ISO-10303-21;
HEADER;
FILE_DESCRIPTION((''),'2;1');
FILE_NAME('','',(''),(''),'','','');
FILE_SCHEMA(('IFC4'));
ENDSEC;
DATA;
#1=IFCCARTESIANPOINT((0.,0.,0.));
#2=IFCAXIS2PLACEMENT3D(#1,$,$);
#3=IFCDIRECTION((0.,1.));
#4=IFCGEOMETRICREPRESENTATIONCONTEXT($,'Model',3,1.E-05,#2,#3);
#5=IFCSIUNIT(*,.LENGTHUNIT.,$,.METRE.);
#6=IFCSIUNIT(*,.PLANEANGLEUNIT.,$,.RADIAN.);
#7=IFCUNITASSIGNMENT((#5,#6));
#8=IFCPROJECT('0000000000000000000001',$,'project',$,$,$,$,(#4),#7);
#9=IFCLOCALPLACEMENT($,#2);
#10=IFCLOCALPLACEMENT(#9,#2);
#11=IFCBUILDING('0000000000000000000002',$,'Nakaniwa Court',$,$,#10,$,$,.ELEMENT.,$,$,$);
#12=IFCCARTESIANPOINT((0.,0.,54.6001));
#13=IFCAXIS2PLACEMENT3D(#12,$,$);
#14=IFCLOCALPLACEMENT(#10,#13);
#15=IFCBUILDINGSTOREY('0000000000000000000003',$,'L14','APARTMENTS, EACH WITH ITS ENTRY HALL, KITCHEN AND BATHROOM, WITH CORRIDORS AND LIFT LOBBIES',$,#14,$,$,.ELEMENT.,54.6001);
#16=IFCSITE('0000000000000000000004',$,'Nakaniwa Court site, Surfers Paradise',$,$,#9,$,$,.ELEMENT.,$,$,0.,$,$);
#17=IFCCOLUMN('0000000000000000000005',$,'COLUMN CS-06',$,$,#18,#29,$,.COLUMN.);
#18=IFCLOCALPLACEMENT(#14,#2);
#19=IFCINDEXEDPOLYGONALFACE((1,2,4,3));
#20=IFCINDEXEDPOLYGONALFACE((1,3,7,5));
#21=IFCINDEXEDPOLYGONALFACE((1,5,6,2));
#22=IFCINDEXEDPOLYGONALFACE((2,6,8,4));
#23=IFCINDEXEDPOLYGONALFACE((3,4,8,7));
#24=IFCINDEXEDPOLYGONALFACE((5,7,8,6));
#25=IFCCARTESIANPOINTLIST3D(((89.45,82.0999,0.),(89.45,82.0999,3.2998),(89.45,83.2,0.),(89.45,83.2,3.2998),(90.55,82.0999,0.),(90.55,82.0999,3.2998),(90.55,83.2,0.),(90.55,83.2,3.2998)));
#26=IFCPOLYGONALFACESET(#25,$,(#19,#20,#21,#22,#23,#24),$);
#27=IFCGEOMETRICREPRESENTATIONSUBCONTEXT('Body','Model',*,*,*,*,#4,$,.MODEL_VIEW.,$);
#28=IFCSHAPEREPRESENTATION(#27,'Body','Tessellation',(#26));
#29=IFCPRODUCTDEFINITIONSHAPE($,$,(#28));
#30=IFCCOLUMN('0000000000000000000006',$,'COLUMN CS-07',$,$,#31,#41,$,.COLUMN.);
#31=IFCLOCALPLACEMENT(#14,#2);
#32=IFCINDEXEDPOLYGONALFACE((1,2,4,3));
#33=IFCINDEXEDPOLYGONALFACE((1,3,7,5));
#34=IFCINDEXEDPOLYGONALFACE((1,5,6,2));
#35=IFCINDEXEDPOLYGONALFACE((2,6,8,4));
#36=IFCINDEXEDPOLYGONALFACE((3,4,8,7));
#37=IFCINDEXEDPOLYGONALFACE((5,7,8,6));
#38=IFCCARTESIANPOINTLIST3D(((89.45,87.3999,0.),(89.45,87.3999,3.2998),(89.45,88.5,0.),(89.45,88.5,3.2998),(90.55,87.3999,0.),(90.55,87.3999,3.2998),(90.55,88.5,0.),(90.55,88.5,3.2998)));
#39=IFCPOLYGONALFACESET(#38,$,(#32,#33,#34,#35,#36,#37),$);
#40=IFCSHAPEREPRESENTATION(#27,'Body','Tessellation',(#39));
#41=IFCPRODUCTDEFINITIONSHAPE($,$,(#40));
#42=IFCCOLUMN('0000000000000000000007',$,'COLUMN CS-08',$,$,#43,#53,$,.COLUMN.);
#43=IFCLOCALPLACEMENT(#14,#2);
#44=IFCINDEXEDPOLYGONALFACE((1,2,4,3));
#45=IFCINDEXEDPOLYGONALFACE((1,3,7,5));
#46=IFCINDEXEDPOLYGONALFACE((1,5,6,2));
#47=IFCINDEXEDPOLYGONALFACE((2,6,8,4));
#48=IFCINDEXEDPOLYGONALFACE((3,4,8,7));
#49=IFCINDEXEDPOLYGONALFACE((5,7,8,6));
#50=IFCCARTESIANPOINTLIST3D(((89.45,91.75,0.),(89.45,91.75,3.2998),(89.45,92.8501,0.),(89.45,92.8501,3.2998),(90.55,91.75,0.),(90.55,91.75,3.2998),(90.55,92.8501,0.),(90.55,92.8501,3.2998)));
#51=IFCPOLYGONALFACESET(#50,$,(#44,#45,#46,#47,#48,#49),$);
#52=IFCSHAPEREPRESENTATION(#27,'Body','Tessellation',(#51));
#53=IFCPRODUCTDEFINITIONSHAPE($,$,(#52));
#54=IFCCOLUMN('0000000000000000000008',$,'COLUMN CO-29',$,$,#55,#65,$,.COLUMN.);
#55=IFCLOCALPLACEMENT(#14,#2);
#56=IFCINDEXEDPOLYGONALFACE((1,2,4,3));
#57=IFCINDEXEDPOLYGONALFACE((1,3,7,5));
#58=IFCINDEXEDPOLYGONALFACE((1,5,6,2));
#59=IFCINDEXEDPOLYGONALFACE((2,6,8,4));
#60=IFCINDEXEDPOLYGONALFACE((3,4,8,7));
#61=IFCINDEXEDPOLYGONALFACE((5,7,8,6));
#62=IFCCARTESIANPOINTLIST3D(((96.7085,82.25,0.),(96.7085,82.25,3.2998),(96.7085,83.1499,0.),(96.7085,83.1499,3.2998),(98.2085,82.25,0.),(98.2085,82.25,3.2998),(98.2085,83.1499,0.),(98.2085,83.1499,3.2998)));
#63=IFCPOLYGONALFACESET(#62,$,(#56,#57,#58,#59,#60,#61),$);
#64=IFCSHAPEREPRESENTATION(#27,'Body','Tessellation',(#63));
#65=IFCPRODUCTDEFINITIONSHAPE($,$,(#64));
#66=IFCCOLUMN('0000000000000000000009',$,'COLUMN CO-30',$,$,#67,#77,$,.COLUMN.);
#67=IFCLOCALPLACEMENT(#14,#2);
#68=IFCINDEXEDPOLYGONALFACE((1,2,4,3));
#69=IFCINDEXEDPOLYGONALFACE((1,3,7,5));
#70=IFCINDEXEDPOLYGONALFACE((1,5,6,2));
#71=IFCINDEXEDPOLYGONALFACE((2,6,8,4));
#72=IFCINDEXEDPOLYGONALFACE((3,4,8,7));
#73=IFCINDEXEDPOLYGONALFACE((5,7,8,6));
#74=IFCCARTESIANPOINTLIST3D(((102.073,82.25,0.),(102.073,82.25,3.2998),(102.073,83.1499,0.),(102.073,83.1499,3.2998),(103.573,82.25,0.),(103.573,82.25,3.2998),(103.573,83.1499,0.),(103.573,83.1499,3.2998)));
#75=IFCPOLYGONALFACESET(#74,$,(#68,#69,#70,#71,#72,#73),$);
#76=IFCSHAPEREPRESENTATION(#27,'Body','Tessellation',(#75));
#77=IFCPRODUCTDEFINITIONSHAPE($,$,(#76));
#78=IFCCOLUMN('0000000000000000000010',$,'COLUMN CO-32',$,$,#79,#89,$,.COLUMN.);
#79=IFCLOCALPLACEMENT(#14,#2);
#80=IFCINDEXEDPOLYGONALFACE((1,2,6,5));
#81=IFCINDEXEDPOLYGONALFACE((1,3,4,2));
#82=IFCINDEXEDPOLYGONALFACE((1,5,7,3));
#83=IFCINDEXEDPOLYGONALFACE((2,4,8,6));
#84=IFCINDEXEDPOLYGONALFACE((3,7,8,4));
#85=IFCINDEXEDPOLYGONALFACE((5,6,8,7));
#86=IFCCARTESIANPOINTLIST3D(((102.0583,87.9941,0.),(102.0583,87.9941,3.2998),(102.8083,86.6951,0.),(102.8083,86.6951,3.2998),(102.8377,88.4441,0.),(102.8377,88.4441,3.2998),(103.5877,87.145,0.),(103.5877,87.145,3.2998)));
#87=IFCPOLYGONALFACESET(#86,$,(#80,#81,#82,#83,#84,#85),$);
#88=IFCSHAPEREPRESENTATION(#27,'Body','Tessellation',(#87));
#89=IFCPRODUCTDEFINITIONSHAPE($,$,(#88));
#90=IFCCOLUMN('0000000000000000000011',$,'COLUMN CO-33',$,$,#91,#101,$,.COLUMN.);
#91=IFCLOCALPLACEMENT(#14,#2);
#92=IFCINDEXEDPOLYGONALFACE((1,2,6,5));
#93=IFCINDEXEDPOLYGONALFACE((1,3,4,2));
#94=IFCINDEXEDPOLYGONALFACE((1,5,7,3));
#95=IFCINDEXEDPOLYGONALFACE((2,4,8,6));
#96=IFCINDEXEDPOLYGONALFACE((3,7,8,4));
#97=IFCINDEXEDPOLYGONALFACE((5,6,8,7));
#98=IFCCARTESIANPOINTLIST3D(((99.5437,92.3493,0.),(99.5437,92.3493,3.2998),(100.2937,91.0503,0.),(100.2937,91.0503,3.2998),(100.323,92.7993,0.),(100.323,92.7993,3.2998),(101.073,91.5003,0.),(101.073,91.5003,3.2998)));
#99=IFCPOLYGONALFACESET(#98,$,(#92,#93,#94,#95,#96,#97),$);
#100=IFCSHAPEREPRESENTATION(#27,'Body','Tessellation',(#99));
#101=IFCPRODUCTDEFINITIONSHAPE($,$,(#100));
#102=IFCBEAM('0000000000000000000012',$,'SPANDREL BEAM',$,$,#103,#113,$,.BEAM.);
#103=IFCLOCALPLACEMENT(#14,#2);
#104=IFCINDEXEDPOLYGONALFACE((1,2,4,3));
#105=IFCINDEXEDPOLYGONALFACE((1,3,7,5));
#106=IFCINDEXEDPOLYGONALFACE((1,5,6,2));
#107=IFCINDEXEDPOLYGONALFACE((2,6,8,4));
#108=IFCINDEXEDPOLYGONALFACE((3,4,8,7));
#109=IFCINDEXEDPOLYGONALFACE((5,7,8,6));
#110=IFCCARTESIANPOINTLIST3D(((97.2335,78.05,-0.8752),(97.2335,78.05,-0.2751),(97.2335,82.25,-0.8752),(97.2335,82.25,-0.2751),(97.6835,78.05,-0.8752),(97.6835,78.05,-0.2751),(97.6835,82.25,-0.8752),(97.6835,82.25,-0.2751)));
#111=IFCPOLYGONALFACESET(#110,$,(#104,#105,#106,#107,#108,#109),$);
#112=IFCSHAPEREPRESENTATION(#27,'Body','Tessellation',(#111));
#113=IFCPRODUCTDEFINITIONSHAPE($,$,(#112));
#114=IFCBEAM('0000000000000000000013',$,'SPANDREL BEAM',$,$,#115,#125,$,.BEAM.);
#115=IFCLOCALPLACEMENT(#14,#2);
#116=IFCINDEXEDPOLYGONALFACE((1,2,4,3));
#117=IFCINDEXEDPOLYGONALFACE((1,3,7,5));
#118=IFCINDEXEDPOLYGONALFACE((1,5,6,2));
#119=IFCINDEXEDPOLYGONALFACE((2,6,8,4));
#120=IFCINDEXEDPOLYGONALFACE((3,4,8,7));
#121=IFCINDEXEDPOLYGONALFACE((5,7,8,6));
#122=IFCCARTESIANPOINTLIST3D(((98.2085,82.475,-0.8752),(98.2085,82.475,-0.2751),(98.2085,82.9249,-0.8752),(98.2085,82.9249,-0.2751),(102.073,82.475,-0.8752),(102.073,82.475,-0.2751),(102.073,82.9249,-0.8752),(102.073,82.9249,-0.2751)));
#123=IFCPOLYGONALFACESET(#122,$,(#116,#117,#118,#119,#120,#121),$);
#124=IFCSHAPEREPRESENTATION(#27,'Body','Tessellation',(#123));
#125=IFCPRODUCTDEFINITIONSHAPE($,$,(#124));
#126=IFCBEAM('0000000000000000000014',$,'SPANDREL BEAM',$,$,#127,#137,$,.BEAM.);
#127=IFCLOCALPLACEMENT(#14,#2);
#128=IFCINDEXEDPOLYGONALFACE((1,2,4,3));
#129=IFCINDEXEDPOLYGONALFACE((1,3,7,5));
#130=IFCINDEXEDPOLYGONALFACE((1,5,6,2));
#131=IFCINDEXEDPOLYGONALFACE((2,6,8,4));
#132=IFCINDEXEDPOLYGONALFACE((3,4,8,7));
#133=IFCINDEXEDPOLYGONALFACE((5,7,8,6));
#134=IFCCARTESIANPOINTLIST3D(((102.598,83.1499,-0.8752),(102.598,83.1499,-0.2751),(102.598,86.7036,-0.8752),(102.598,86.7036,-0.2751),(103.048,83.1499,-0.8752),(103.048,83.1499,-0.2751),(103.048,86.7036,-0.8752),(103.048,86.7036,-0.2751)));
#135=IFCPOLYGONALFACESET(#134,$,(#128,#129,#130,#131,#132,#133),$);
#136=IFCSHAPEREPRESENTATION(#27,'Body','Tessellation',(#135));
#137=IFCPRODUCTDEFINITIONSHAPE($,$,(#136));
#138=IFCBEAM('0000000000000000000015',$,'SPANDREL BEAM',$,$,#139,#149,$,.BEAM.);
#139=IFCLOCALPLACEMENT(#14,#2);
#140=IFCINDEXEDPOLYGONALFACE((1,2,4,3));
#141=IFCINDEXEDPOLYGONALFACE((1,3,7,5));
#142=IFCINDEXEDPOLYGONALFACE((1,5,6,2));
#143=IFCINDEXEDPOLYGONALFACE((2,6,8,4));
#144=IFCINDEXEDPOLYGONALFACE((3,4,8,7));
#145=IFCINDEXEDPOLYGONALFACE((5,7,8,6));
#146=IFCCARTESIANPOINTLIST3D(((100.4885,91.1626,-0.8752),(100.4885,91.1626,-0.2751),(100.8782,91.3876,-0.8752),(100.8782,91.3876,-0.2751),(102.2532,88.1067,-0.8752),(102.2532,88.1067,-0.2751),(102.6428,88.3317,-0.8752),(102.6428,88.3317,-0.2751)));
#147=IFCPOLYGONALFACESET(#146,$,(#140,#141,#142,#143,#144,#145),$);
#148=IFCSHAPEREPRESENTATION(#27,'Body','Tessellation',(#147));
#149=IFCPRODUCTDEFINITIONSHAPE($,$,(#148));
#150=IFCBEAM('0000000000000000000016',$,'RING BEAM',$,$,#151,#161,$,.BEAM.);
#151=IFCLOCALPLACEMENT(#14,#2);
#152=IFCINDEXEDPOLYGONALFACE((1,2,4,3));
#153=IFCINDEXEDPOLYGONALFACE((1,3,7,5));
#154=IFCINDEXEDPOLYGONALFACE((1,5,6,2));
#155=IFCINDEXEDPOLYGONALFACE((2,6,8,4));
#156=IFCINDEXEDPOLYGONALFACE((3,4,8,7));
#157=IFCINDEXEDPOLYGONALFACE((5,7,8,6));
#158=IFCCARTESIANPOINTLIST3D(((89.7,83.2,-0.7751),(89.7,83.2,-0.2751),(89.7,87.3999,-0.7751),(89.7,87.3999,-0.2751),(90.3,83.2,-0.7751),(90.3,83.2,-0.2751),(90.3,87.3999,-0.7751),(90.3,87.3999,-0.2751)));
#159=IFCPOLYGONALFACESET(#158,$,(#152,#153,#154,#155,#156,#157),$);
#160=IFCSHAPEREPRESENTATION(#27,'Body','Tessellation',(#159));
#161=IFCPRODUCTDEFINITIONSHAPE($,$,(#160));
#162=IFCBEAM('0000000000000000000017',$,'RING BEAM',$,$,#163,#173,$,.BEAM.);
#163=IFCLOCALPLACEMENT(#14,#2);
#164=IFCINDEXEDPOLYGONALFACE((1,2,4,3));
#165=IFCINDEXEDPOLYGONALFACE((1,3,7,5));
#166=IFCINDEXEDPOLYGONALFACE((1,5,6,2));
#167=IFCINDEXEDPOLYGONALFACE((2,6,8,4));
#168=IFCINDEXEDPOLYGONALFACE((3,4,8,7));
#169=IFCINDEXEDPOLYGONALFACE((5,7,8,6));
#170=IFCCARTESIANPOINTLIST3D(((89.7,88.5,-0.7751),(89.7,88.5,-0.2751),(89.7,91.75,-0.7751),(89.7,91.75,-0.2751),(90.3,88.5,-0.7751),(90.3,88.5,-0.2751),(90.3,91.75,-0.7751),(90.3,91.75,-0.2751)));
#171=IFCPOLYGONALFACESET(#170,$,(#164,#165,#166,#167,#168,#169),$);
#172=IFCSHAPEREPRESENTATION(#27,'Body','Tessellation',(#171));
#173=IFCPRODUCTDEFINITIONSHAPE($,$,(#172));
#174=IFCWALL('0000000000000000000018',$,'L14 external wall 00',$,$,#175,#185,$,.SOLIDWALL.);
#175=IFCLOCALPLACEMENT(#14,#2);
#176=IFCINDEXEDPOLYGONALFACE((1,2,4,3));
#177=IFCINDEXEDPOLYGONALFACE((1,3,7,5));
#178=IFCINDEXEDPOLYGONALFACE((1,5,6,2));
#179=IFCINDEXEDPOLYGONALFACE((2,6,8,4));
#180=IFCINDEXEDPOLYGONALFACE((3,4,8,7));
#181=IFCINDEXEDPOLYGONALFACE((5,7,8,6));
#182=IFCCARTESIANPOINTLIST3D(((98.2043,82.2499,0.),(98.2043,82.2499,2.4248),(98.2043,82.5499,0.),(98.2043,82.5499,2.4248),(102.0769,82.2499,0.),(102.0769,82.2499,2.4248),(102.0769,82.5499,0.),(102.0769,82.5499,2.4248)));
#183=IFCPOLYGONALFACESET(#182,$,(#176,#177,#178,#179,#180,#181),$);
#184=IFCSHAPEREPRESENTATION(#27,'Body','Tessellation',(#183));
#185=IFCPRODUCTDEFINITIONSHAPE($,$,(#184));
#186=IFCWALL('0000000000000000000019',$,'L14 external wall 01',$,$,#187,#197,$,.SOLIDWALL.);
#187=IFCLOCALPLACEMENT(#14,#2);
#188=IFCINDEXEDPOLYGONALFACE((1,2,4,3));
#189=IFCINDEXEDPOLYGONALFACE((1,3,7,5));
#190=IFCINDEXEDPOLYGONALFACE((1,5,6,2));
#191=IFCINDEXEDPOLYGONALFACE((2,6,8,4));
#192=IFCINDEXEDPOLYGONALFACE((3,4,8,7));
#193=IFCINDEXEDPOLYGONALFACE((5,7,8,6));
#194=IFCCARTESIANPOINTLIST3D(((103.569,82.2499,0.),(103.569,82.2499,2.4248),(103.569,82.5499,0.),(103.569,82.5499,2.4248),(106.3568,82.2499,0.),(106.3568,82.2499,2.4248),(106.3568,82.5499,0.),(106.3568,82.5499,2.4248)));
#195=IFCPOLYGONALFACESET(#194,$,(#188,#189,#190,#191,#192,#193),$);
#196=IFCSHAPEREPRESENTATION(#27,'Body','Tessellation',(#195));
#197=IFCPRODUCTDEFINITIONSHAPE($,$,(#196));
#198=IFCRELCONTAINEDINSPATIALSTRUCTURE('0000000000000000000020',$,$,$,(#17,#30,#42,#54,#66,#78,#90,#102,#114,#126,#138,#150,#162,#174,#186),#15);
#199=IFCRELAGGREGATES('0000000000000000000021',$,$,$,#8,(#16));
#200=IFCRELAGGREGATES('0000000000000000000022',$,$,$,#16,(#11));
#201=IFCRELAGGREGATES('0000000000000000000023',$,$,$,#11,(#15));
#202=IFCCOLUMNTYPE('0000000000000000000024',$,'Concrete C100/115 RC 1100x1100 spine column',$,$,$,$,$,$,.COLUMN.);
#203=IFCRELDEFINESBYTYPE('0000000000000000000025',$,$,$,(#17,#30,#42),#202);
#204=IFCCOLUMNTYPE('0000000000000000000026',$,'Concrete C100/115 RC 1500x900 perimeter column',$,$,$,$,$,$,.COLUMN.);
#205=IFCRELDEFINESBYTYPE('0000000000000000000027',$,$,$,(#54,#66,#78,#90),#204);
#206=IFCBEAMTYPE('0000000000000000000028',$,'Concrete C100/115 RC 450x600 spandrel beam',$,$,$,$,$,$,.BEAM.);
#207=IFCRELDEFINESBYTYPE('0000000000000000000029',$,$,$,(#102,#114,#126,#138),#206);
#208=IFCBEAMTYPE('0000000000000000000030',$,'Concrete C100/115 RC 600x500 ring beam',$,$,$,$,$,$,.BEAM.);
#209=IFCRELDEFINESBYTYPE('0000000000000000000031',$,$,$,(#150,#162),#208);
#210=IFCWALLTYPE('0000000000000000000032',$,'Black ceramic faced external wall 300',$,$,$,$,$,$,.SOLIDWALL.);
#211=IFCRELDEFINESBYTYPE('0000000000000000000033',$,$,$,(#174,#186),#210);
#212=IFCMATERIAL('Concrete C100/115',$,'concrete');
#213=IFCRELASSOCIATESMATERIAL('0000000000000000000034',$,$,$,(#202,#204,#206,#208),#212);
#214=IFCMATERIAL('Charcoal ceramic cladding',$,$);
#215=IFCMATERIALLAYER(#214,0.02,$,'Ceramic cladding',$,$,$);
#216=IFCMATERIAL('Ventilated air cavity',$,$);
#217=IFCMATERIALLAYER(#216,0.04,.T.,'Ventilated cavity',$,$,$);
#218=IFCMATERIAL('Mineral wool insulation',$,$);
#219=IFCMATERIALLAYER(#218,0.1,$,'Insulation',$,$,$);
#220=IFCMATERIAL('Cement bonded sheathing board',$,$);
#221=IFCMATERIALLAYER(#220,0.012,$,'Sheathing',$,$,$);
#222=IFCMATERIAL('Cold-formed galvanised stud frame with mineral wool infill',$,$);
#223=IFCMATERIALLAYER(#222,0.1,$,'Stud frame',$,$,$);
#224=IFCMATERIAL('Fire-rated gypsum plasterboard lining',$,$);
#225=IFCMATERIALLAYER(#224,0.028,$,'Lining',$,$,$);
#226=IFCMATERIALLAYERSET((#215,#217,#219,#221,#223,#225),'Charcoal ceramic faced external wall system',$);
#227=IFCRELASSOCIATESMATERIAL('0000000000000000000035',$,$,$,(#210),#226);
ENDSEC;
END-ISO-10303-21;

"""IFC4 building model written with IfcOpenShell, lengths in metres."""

from ifc_helpers import new_model, si_unit, direction, frame, frame_2d, origin, origin_2d, place, context, subcontext, project, spatial, rectangle, extrude, material, layer, layer_set, material_profile, profile_set, type_object, element, save


model = new_model("IFC4")

# Units and contexts
model_context = context("Model", 3, precision=1e-05, world=origin(), true_north=direction((0.0, 1.0)))
body_context = subcontext(model_context, "Body", "Model", "MODEL_VIEW")
ifc_project = project(units=[si_unit("LENGTHUNIT", "METRE"), si_unit("PLANEANGLEUNIT", "RADIAN")], contexts=[model_context])

# Site, building, storey
site_placement = place(None, origin())
site = spatial("IfcSite", under=ifc_project, at=site_placement, Name="Nakaniwa Court site, Surfers Paradise", CompositionType="ELEMENT", RefElevation=0.0)
building_placement = place(site_placement, origin())
building = spatial("IfcBuilding", under=site, at=building_placement, Name="Nakaniwa Court", CompositionType="ELEMENT")
storey_placement = place(building_placement, frame((0.0, 0.0, 54.6001)))
storey = spatial("IfcBuildingStorey", under=building, at=storey_placement, Name="L14", Description="APARTMENTS, EACH WITH ITS ENTRY HALL, KITCHEN AND BATHROOM, WITH CORRIDORS AND LIFT LOBBIES", CompositionType="ELEMENT", Elevation=54.6001)

# Columns
ifc_material_1 = material(Name="Concrete C100/115", Category="concrete")
ifc_material_profile_1 = material_profile(ifc_material_1, rectangle(XDim=1.1001, YDim=1.1001, at=origin_2d()), Name="Concrete C100/115 RC 1100x1100 spine column")
ifc_profile_set_1 = profile_set([ifc_material_profile_1], Name="Concrete C100/115")
column_type_1 = type_object("IfcColumnType", Name="Concrete C100/115 RC 1100x1100 spine column", PredefinedType="COLUMN", material=ifc_profile_set_1)
for number, where, z_axis, x_axis, name in (
    (1, (90.0, 82.6499, 0.0), (0.0, 0.0, 1.0), (0.0, 1.0, 0.0), "COLUMN CS-06"),
    (2, (90.0, 87.95, 0.0), (0.0, 0.0, 1.0), (0.0, 1.0, 0.0), "COLUMN CS-07"),
    (3, (90.0, 92.3, 0.0), (0.0, 0.0, 1.0), (0.0, 1.0, 0.0), "COLUMN CS-08"),
):
    element("IfcColumn", number, at=place(storey_placement, frame(where, z_axis=z_axis, x_axis=x_axis)), inside=storey, type_object=column_type_1, Name=name, PredefinedType="COLUMN", context=body_context, shape_type="SweptSolid", body=[
        extrude(rectangle(XDim=1.1001, YDim=1.1001, at=origin_2d()), origin(), (0.0, 0.0, 1.0), 3.2998),
    ])
ifc_material_profile_2 = material_profile(ifc_material_1, rectangle(XDim=1.5, YDim=0.8999, at=origin_2d()), Name="Concrete C100/115 RC 1500x900 perimeter column")
ifc_profile_set_2 = profile_set([ifc_material_profile_2], Name="Concrete C100/115")
column_type_2 = type_object("IfcColumnType", Name="Concrete C100/115 RC 1500x900 perimeter column", PredefinedType="COLUMN", material=ifc_profile_set_2)
for number, where, z_axis, x_axis, name in (
    (4, (97.4585, 82.7, 0.0), (0.0, 0.0, 1.0), (1.0, 0.0, 0.0), "COLUMN CO-29"),
    (5, (102.823, 82.7, 0.0), (0.0, 0.0, 1.0), (1.0, 0.0, 0.0), "COLUMN CO-30"),
    (6, (102.823, 87.5696, 0.0), (0.0, 0.0, 1.0), (-0.5, 0.866025, 0.0), "COLUMN CO-32"),
    (7, (100.3083, 91.9248, 0.0), (0.0, 0.0, 1.0), (-0.5, 0.866025, 0.0), "COLUMN CO-33"),
):
    element("IfcColumn", number, at=place(storey_placement, frame(where, z_axis=z_axis, x_axis=x_axis)), inside=storey, type_object=column_type_2, Name=name, PredefinedType="COLUMN", context=body_context, shape_type="SweptSolid", body=[
        extrude(rectangle(XDim=1.5, YDim=0.8999, at=origin_2d()), origin(), (0.0, 0.0, 1.0), 3.2998),
    ])

# Beams
ifc_material_profile_3 = material_profile(ifc_material_1, rectangle(XDim=0.45, YDim=0.6001, at=origin_2d()), Name="Concrete C100/115 RC 450x600 spandrel beam")
ifc_profile_set_3 = profile_set([ifc_material_profile_3], Name="Concrete C100/115")
beam_type_1 = type_object("IfcBeamType", Name="Concrete C100/115 RC 450x600 spandrel beam", PredefinedType="BEAM", material=ifc_profile_set_3)
beam_1_placement = place(storey_placement, frame((97.4585, 78.05, -0.5752), z_axis=(0.0, 1.0, 0.0), x_axis=(-1.0, 0.0, 0.0)))
element("IfcBeam", 8, at=beam_1_placement, inside=storey, type_object=beam_type_1, Name="SPANDREL BEAM", PredefinedType="BEAM", context=body_context, shape_type="SweptSolid", body=[
    extrude(rectangle(XDim=0.45, YDim=0.6001, at=origin_2d()), origin(), (0.0, 0.0, 1.0), 4.2),
])
beam_2_placement = place(storey_placement, frame((98.2085, 82.7, -0.5752), z_axis=(1.0, 0.0, 0.0), x_axis=(0.0, 1.0, 0.0)))
element("IfcBeam", 9, at=beam_2_placement, inside=storey, type_object=beam_type_1, Name="SPANDREL BEAM", PredefinedType="BEAM", context=body_context, shape_type="SweptSolid", body=[
    extrude(rectangle(XDim=0.45, YDim=0.6001, at=origin_2d()), origin(), (0.0, 0.0, 1.0), 3.8645),
])
beam_3_placement = place(storey_placement, frame((102.823, 83.1499, -0.5752), z_axis=(0.0, 1.0, 0.0), x_axis=(-1.0, 0.0, 0.0)))
element("IfcBeam", 10, at=beam_3_placement, inside=storey, type_object=beam_type_1, Name="SPANDREL BEAM", PredefinedType="BEAM", context=body_context, shape_type="SweptSolid", body=[
    extrude(rectangle(XDim=0.45, YDim=0.6001, at=origin_2d()), origin(), (0.0, 0.0, 1.0), 3.5537),
])
beam_4_placement = place(storey_placement, frame((102.448, 88.2192, -0.5752), z_axis=(-0.500068, 0.865986, 0.0), x_axis=(-0.865986, -0.500068, 0.0)))
element("IfcBeam", 11, at=beam_4_placement, inside=storey, type_object=beam_type_1, Name="SPANDREL BEAM", PredefinedType="BEAM", context=body_context, shape_type="SweptSolid", body=[
    extrude(rectangle(XDim=0.45, YDim=0.6001, at=origin_2d()), origin(), (0.0, 0.0, 1.0), 3.5288),
])
ifc_material_profile_4 = material_profile(ifc_material_1, rectangle(XDim=0.6001, YDim=0.5, at=origin_2d()), Name="Concrete C100/115 RC 600x500 ring beam")
ifc_profile_set_4 = profile_set([ifc_material_profile_4], Name="Concrete C100/115")
beam_type_2 = type_object("IfcBeamType", Name="Concrete C100/115 RC 600x500 ring beam", PredefinedType="BEAM", material=ifc_profile_set_4)
beam_5_placement = place(storey_placement, frame((90.0, 83.2, -0.5251), z_axis=(0.0, 1.0, 0.0), x_axis=(-1.0, 0.0, 0.0)))
element("IfcBeam", 12, at=beam_5_placement, inside=storey, type_object=beam_type_2, Name="RING BEAM", PredefinedType="BEAM", context=body_context, shape_type="SweptSolid", body=[
    extrude(rectangle(XDim=0.6001, YDim=0.5, at=origin_2d()), origin(), (0.0, 0.0, 1.0), 4.2),
])
beam_6_placement = place(storey_placement, frame((90.0, 88.5, -0.5251), z_axis=(0.0, 1.0, 0.0), x_axis=(-1.0, 0.0, 0.0)))
element("IfcBeam", 13, at=beam_6_placement, inside=storey, type_object=beam_type_2, Name="RING BEAM", PredefinedType="BEAM", context=body_context, shape_type="SweptSolid", body=[
    extrude(rectangle(XDim=0.6001, YDim=0.5, at=origin_2d()), origin(), (0.0, 0.0, 1.0), 3.25),
])

# Walls
ifc_material_2 = material(Name="Charcoal ceramic cladding")
ifc_layer_1 = layer(ifc_material_2, 0.02, Name="Ceramic cladding")
ifc_material_3 = material(Name="Ventilated air cavity")
ifc_layer_2 = layer(ifc_material_3, 0.04, ventilated=True, Name="Ventilated cavity")
ifc_material_4 = material(Name="Mineral wool insulation")
ifc_layer_3 = layer(ifc_material_4, 0.1, Name="Insulation")
ifc_material_5 = material(Name="Cement bonded sheathing board")
ifc_layer_4 = layer(ifc_material_5, 0.012, Name="Sheathing")
ifc_material_6 = material(Name="Cold-formed galvanised stud frame with mineral wool infill")
ifc_layer_5 = layer(ifc_material_6, 0.1, Name="Stud frame")
ifc_material_7 = material(Name="Fire-rated gypsum plasterboard lining")
ifc_layer_6 = layer(ifc_material_7, 0.028, Name="Lining")
ifc_layer_set_1 = layer_set([ifc_layer_1, ifc_layer_2, ifc_layer_3, ifc_layer_4, ifc_layer_5, ifc_layer_6], Name="Charcoal ceramic faced external wall system")
wall_type_1 = type_object("IfcWallType", Name="Black ceramic faced external wall 300", PredefinedType="SOLIDWALL", material=ifc_layer_set_1)
wall_1_placement = place(storey_placement, frame((98.2043, 82.3999, 0.0), z_axis=(0.0, 0.0, 1.0), x_axis=(1.0, 0.0, 0.0)))
element("IfcWall", 14, at=wall_1_placement, inside=storey, type_object=wall_type_1, Name="L14 external wall 00", PredefinedType="SOLIDWALL", context=body_context, shape_type="SweptSolid", body=[
    extrude(rectangle(XDim=3.8726, YDim=0.3, at=frame_2d((1.9363, 0.0))), origin(), (0.0, 0.0, 1.0), 2.4248),
])
wall_2_placement = place(storey_placement, frame((103.5688, 82.3999, 0.0), z_axis=(0.0, 0.0, 1.0), x_axis=(1.0, 0.0, 0.0)))
element("IfcWall", 15, at=wall_2_placement, inside=storey, type_object=wall_type_1, Name="L14 external wall 01", PredefinedType="SOLIDWALL", context=body_context, shape_type="SweptSolid", body=[
    extrude(rectangle(XDim=2.7878, YDim=0.3, at=frame_2d((1.394, 0.0))), origin(), (0.0, 0.0, 1.0), 2.4248),
])

save(model, "model.ifc")
